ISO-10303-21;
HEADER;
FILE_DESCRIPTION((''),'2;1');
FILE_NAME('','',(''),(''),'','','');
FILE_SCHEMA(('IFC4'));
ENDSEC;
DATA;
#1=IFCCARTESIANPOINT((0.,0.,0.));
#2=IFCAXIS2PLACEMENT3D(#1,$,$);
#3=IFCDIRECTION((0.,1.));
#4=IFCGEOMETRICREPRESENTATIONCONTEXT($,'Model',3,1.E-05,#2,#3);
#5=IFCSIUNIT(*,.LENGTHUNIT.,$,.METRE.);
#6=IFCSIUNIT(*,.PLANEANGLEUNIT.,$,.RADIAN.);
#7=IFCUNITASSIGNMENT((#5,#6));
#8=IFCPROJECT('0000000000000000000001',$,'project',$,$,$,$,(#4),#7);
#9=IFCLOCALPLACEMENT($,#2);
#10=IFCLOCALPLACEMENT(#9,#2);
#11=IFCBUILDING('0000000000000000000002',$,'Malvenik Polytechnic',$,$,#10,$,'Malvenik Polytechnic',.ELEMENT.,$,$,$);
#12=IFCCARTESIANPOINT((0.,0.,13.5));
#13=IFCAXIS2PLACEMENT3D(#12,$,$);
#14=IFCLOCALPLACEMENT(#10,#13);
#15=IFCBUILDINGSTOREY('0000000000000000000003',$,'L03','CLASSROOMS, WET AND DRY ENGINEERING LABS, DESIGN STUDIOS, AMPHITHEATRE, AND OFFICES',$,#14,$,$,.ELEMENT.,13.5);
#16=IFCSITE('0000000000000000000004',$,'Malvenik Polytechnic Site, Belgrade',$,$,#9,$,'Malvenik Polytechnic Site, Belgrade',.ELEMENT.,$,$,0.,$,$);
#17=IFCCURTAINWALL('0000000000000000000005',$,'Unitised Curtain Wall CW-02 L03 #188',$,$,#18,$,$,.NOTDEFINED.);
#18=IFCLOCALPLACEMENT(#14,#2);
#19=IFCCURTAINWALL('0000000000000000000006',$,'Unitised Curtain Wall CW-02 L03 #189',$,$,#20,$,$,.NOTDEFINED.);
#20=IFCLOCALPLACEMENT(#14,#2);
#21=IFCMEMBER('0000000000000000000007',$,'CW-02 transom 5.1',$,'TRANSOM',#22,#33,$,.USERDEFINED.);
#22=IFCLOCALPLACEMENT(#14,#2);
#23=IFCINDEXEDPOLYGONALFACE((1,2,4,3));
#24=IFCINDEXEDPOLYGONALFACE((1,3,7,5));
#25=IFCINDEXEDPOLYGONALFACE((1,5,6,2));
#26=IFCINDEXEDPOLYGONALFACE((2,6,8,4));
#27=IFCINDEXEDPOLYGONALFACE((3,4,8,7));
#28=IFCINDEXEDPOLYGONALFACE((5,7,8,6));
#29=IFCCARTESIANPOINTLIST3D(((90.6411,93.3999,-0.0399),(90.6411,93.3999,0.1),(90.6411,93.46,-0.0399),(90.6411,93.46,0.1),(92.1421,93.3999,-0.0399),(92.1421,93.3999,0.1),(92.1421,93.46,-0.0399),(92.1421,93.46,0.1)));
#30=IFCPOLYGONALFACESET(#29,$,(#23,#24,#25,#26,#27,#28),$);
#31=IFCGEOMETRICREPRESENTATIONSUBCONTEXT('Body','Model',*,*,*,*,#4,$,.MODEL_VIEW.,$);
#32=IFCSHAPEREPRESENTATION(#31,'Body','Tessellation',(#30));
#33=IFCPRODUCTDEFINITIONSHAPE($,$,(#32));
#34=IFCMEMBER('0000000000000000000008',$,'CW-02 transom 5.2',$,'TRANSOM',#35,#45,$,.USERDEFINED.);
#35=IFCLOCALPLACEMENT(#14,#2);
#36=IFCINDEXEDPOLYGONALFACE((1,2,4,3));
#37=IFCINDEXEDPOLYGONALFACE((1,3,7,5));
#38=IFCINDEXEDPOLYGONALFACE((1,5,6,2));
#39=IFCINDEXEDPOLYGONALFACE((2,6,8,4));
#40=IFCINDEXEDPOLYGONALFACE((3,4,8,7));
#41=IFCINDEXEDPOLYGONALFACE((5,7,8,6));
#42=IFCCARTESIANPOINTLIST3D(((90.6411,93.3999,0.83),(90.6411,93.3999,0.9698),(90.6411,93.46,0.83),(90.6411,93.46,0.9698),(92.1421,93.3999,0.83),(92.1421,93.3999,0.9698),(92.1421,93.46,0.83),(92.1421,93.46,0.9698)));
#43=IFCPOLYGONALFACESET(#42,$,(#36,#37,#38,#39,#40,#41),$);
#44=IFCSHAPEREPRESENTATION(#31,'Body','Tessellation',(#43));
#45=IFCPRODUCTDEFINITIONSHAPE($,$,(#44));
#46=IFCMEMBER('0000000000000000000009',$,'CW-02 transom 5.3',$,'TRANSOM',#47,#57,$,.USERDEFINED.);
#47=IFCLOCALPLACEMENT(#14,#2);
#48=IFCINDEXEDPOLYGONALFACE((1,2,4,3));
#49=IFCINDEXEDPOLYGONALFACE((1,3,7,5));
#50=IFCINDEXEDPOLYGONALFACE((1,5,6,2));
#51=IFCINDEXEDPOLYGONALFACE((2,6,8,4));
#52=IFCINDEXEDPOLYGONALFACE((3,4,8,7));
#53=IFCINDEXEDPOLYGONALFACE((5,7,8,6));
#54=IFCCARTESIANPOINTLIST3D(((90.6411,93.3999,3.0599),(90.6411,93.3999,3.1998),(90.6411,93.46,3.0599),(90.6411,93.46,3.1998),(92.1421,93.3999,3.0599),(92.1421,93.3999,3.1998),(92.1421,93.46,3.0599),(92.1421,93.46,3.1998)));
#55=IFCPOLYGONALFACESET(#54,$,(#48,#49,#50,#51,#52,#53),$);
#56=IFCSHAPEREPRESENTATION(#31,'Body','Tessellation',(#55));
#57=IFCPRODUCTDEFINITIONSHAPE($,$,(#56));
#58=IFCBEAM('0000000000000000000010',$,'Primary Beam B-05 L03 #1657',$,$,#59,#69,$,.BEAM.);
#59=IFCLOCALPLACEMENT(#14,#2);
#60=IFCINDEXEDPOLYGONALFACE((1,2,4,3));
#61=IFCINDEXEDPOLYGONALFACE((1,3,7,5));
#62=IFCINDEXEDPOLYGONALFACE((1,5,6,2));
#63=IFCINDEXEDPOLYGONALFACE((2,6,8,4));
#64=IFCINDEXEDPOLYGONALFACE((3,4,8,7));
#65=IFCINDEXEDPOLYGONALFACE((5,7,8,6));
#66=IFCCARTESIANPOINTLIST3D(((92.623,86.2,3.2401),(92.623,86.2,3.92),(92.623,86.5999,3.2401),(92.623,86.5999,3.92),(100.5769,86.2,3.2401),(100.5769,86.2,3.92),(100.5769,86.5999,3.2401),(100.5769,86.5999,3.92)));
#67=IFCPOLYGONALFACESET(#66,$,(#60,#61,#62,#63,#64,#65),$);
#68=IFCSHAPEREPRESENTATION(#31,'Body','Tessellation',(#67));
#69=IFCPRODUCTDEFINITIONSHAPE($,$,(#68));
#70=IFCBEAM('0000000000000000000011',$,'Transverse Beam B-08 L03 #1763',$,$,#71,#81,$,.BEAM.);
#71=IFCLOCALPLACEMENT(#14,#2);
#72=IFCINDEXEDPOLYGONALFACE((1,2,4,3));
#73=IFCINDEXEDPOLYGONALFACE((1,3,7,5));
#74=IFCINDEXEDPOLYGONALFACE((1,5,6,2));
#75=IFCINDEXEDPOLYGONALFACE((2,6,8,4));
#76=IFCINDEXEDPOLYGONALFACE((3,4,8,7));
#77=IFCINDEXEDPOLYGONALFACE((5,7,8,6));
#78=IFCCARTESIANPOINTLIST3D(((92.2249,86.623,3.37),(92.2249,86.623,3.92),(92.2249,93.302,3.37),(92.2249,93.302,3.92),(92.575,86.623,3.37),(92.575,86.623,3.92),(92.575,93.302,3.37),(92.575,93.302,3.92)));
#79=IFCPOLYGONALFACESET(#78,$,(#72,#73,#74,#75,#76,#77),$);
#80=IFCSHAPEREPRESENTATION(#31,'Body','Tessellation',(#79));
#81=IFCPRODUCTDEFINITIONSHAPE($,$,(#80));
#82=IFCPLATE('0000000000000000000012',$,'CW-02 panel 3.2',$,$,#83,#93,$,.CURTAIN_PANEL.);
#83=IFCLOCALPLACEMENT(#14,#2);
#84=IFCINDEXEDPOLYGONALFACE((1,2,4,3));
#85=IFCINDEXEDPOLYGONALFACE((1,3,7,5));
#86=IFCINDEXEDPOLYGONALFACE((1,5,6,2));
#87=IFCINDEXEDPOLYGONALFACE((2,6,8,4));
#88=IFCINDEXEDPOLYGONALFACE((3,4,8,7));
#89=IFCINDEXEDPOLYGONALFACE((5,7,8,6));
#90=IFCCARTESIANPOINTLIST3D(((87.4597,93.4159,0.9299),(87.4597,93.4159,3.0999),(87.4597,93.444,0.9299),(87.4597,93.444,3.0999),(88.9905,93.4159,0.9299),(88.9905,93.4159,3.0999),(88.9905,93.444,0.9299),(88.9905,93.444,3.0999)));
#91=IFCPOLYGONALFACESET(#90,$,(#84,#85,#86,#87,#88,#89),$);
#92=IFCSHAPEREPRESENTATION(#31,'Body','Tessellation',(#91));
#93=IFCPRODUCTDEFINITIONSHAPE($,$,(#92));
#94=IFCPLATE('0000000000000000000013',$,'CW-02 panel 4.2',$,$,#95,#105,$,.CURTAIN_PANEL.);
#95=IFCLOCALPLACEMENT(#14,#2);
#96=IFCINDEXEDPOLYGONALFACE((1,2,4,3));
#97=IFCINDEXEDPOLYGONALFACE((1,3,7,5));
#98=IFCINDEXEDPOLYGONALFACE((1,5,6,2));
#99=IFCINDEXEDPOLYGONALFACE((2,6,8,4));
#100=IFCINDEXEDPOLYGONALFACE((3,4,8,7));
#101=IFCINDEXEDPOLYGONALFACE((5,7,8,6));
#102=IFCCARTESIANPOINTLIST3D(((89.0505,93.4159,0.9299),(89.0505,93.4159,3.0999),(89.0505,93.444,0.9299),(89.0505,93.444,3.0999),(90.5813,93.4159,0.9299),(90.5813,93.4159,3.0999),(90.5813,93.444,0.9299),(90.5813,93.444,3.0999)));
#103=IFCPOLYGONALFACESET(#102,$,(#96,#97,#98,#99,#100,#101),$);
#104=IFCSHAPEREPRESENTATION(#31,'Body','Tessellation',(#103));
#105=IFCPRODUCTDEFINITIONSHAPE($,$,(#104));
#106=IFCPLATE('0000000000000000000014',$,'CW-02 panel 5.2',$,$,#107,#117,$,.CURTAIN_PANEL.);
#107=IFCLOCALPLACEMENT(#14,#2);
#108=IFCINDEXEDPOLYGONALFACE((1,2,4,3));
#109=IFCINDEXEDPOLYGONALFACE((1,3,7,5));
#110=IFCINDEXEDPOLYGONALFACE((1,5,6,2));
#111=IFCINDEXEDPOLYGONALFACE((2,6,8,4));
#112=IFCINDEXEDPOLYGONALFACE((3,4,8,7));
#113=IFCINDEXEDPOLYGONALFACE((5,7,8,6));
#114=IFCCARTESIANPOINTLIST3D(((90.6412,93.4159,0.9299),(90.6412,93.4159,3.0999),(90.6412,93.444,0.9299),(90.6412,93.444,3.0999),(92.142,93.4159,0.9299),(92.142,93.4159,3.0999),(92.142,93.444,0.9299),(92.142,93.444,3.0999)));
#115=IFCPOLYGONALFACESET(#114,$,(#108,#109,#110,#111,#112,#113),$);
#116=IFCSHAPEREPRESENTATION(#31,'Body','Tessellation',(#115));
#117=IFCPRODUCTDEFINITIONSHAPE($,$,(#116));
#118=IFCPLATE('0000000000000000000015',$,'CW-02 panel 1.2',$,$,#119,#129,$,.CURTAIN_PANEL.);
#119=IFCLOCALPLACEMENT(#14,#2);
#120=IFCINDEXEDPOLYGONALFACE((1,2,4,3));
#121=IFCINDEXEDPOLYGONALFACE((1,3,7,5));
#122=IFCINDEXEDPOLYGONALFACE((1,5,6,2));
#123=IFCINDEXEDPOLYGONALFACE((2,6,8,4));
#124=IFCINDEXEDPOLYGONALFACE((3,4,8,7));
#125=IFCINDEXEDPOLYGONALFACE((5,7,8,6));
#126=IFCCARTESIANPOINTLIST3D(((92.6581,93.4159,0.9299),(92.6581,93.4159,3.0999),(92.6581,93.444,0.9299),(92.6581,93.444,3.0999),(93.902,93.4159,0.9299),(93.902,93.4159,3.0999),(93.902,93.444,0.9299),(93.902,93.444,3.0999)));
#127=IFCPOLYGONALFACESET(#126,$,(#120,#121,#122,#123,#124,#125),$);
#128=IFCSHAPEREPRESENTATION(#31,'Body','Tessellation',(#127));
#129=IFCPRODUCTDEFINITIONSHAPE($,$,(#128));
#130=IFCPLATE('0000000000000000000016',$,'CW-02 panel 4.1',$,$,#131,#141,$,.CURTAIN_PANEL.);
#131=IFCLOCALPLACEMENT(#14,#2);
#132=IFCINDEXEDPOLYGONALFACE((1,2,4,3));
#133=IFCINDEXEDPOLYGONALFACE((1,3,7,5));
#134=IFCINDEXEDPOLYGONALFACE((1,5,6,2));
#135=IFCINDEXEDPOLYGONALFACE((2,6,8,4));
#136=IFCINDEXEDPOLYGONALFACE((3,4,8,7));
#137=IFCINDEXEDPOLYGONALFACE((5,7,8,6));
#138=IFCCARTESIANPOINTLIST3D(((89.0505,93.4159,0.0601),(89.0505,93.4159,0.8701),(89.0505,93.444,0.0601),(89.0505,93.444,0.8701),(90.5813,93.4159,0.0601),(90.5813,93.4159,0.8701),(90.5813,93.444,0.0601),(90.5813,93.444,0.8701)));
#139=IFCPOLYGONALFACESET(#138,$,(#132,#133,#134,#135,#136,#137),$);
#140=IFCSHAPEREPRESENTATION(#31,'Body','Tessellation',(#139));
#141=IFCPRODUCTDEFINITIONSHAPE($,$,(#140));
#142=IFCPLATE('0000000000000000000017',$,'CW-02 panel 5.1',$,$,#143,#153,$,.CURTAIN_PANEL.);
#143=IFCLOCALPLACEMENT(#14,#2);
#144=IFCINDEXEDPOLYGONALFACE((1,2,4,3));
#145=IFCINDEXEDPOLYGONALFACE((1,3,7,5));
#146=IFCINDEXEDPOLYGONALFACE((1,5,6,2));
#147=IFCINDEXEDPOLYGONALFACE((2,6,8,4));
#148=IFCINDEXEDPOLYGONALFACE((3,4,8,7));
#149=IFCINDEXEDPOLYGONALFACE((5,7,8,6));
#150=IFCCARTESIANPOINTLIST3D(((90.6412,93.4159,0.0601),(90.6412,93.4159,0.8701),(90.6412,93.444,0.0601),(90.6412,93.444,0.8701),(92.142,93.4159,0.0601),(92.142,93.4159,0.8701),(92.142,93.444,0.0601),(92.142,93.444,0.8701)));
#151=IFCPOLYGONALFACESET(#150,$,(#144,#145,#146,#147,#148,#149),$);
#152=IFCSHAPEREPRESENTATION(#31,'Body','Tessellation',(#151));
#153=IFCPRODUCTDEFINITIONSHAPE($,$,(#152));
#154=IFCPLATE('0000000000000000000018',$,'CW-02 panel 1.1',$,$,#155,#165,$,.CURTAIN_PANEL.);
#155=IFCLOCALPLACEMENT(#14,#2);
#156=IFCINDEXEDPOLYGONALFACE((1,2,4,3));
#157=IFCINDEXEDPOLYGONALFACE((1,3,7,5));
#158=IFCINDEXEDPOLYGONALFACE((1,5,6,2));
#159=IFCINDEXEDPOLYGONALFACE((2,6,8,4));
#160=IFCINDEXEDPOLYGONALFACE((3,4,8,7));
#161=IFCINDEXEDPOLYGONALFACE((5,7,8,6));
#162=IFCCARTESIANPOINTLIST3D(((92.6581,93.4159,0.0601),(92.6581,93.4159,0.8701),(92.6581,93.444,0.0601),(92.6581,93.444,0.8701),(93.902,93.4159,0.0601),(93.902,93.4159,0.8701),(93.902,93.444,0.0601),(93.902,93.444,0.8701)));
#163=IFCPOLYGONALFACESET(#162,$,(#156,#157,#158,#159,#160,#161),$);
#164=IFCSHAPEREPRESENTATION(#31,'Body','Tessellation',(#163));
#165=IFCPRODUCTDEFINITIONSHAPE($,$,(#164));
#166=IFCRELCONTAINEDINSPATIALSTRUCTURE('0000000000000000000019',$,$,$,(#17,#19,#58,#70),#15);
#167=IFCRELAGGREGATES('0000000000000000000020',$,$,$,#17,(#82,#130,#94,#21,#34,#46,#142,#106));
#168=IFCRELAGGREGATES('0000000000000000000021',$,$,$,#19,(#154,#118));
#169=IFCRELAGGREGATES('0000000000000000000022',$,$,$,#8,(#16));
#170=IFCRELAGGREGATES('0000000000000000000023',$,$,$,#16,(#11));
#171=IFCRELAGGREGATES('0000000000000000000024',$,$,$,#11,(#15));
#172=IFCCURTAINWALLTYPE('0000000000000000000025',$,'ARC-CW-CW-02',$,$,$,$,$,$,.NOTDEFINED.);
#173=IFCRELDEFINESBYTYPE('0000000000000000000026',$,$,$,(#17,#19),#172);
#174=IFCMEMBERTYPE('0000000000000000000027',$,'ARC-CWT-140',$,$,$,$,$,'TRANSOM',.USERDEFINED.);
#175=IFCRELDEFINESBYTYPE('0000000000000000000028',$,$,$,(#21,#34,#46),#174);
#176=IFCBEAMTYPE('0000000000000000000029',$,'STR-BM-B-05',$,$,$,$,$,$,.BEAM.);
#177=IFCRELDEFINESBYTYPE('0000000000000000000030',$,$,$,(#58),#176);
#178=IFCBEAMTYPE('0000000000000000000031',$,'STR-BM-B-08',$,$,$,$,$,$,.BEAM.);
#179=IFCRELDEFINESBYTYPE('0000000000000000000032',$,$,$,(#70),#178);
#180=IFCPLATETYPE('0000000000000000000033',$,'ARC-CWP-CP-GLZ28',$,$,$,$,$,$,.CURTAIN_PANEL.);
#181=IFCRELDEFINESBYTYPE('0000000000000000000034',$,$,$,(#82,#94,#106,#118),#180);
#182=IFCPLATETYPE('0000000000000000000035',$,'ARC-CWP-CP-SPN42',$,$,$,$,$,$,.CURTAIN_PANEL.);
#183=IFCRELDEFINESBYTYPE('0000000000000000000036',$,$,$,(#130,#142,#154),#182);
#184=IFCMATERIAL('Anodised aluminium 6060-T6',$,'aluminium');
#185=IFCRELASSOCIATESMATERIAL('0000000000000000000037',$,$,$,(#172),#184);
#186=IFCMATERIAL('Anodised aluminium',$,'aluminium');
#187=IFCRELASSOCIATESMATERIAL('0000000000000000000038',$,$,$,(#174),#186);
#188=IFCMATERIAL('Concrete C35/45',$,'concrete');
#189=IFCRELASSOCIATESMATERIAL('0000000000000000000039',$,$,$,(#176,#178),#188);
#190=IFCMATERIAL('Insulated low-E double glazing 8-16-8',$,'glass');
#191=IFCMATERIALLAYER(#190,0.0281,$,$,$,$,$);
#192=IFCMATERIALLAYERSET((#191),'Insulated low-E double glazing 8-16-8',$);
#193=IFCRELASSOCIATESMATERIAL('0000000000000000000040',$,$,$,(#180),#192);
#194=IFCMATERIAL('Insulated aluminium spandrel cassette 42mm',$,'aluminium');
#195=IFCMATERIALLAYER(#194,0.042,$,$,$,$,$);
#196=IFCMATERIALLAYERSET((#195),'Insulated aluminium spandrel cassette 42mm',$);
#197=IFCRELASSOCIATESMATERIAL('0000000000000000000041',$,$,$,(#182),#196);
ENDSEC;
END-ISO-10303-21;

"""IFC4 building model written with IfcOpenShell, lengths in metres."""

from ifc_helpers import new_model, si_unit, direction, frame, origin, origin_2d, place, context, subcontext, project, spatial, rectangle, extrude, material, layer, layer_set, material_profile, profile_set, type_object, element, aggregate, save


model = new_model("IFC4")

# Units and contexts
model_context = context("Model", 3, precision=1e-05, world=origin(), true_north=direction((0.0, 1.0)))
body_context = subcontext(model_context, "Body", "Model", "MODEL_VIEW")
ifc_project = project(units=[si_unit("LENGTHUNIT", "METRE"), si_unit("PLANEANGLEUNIT", "RADIAN")], contexts=[model_context])

# Site, building, storey
site_placement = place(None, origin())
site = spatial("IfcSite", under=ifc_project, at=site_placement, Name="Malvenik Polytechnic Site, Belgrade", LongName="Malvenik Polytechnic Site, Belgrade", CompositionType="ELEMENT", RefElevation=0.0)
building_placement = place(site_placement, origin())
building = spatial("IfcBuilding", under=site, at=building_placement, Name="Malvenik Polytechnic", LongName="Malvenik Polytechnic", CompositionType="ELEMENT")
storey_placement = place(building_placement, frame((0.0, 0.0, 13.5)))
storey = spatial("IfcBuildingStorey", under=building, at=storey_placement, Name="L03", Description="CLASSROOMS, WET AND DRY ENGINEERING LABS, DESIGN STUDIOS, AMPHITHEATRE, AND OFFICES", CompositionType="ELEMENT", Elevation=13.5)

# Shared definitions
ifc_material_1 = material(Name="Concrete C35/45", Category="concrete")

# Curtain walls
ifc_material_2 = material(Name="Anodised aluminium 6060-T6", Category="aluminium")
curtain_wall_type = type_object("IfcCurtainWallType", Name="ARC-CW-CW-02", PredefinedType="NOTDEFINED", material=ifc_material_2)
curtain_wall_1_placement = place(storey_placement, origin())
curtain_wall_1 = element("IfcCurtainWall", 1, at=curtain_wall_1_placement, inside=storey, type_object=curtain_wall_type, Name="Unitised Curtain Wall CW-02 L03 #188", PredefinedType="NOTDEFINED")
ifc_material_3 = material(Name="Anodised aluminium", Category="aluminium")
curtain_wall_2_placement = place(storey_placement, origin())
curtain_wall_2 = element("IfcCurtainWall", 2, at=curtain_wall_2_placement, inside=storey, type_object=curtain_wall_type, Name="Unitised Curtain Wall CW-02 L03 #189", PredefinedType="NOTDEFINED")

# Members
ifc_material_profile_1 = material_profile(ifc_material_3, rectangle(XDim=0.0601, YDim=0.1399, at=origin_2d()), Name="ALU TRANSOM 60x140")
ifc_profile_set_1 = profile_set([ifc_material_profile_1], Name="Anodised aluminium")
member_type_1 = type_object("IfcMemberType", Name="ARC-CWT-140", ElementType="TRANSOM", PredefinedType="USERDEFINED", material=ifc_profile_set_1)
member_1_placement = place(storey_placement, frame((90.6411, 93.4299, 0.03), z_axis=(1.0, 0.0, 0.0), x_axis=(0.0, 1.0, 0.0)))
member_1 = element("IfcMember", 3, at=member_1_placement, type_object=member_type_1, Name="CW-02 transom 5.1", ObjectType="TRANSOM", PredefinedType="USERDEFINED", context=body_context, shape_type="SweptSolid", body=[
    extrude(rectangle(XDim=0.0601, YDim=0.1399, at=origin_2d()), origin(), (0.0, 0.0, 1.0), 1.501),
])
member_2_placement = place(storey_placement, frame((90.6411, 93.4299, 0.8999), z_axis=(1.0, 0.0, 0.0), x_axis=(0.0, 1.0, 0.0)))
member_2 = element("IfcMember", 4, at=member_2_placement, type_object=member_type_1, Name="CW-02 transom 5.2", ObjectType="TRANSOM", PredefinedType="USERDEFINED", context=body_context, shape_type="SweptSolid", body=[
    extrude(rectangle(XDim=0.0601, YDim=0.1399, at=origin_2d()), origin(), (0.0, 0.0, 1.0), 1.501),
])
member_3_placement = place(storey_placement, frame((90.6411, 93.4299, 3.1299), z_axis=(1.0, 0.0, 0.0), x_axis=(0.0, 1.0, 0.0)))
member_3 = element("IfcMember", 5, at=member_3_placement, type_object=member_type_1, Name="CW-02 transom 5.3", ObjectType="TRANSOM", PredefinedType="USERDEFINED", context=body_context, shape_type="SweptSolid", body=[
    extrude(rectangle(XDim=0.0601, YDim=0.1399, at=origin_2d()), origin(), (0.0, 0.0, 1.0), 1.501),
])

# Beams
ifc_material_profile_2 = material_profile(ifc_material_1, rectangle(XDim=0.3999, YDim=0.6799, at=origin_2d()), Name="RC BM 400x680")
ifc_profile_set_2 = profile_set([ifc_material_profile_2], Name="Concrete C35/45")
beam_type_1 = type_object("IfcBeamType", Name="STR-BM-B-05", PredefinedType="BEAM", material=ifc_profile_set_2)
beam_1_placement = place(storey_placement, frame((92.623, 86.3999, 3.5801), z_axis=(1.0, 0.0, 0.0), x_axis=(0.0, 1.0, 0.0)))
element("IfcBeam", 6, at=beam_1_placement, inside=storey, type_object=beam_type_1, Name="Primary Beam B-05 L03 #1657", PredefinedType="BEAM", context=body_context, shape_type="SweptSolid", body=[
    extrude(rectangle(XDim=0.3999, YDim=0.6799, at=origin_2d()), origin(), (0.0, 0.0, 1.0), 7.9539),
])
ifc_material_profile_3 = material_profile(ifc_material_1, rectangle(XDim=0.3501, YDim=0.55, at=origin_2d()), Name="RC BM 350x550")
ifc_profile_set_3 = profile_set([ifc_material_profile_3], Name="Concrete C35/45")
beam_type_2 = type_object("IfcBeamType", Name="STR-BM-B-08", PredefinedType="BEAM", material=ifc_profile_set_3)
beam_2_placement = place(storey_placement, frame((92.3999, 86.623, 3.645), z_axis=(0.0, 1.0, 0.0), x_axis=(-1.0, 0.0, 0.0)))
element("IfcBeam", 7, at=beam_2_placement, inside=storey, type_object=beam_type_2, Name="Transverse Beam B-08 L03 #1763", PredefinedType="BEAM", context=body_context, shape_type="SweptSolid", body=[
    extrude(rectangle(XDim=0.3501, YDim=0.55, at=origin_2d()), origin(), (0.0, 0.0, 1.0), 6.679),
])

# Plates
ifc_material_4 = material(Name="Insulated low-E double glazing 8-16-8", Category="glass")
ifc_layer_1 = layer(ifc_material_4, 0.0281)
ifc_layer_set_1 = layer_set([ifc_layer_1], Name="Insulated low-E double glazing 8-16-8")
plate_type_1 = type_object("IfcPlateType", Name="ARC-CWP-CP-GLZ28", PredefinedType="CURTAIN_PANEL", material=ifc_layer_set_1)
plate_1_placement = place(storey_placement, frame((88.2251, 93.4299, 0.9299), z_axis=(0.0, 0.0, 1.0), x_axis=(1.0, 0.0, 0.0)))
plate_1 = element("IfcPlate", 8, at=plate_1_placement, type_object=plate_type_1, Name="CW-02 panel 3.2", PredefinedType="CURTAIN_PANEL", context=body_context, shape_type="SweptSolid", body=[
    extrude(rectangle(XDim=1.5308, YDim=0.0281, at=origin_2d()), origin(), (0.0, 0.0, 1.0), 2.1699),
])
plate_2_placement = place(storey_placement, frame((89.8159, 93.4299, 0.9299), z_axis=(0.0, 0.0, 1.0), x_axis=(1.0, 0.0, 0.0)))
plate_2 = element("IfcPlate", 9, at=plate_2_placement, type_object=plate_type_1, Name="CW-02 panel 4.2", PredefinedType="CURTAIN_PANEL", context=body_context, shape_type="SweptSolid", body=[
    extrude(rectangle(XDim=1.5308, YDim=0.0281, at=origin_2d()), origin(), (0.0, 0.0, 1.0), 2.1699),
])
plate_3_placement = place(storey_placement, frame((91.3916, 93.4299, 0.9299), z_axis=(0.0, 0.0, 1.0), x_axis=(1.0, 0.0, 0.0)))
plate_3 = element("IfcPlate", 10, at=plate_3_placement, type_object=plate_type_1, Name="CW-02 panel 5.2", PredefinedType="CURTAIN_PANEL", context=body_context, shape_type="SweptSolid", body=[
    extrude(rectangle(XDim=1.5007, YDim=0.0281, at=origin_2d()), origin(), (0.0, 0.0, 1.0), 2.1699),
])
plate_4_placement = place(storey_placement, frame((93.28, 93.4299, 0.9299), z_axis=(0.0, 0.0, 1.0), x_axis=(1.0, 0.0, 0.0)))
plate_4 = element("IfcPlate", 11, at=plate_4_placement, type_object=plate_type_1, Name="CW-02 panel 1.2", PredefinedType="CURTAIN_PANEL", context=body_context, shape_type="SweptSolid", body=[
    extrude(rectangle(XDim=1.2439, YDim=0.0281, at=origin_2d()), origin(), (0.0, 0.0, 1.0), 2.1699),
])
ifc_material_5 = material(Name="Insulated aluminium spandrel cassette 42mm", Category="aluminium")
ifc_layer_2 = layer(ifc_material_5, 0.042)
ifc_layer_set_2 = layer_set([ifc_layer_2], Name="Insulated aluminium spandrel cassette 42mm")
plate_type_2 = type_object("IfcPlateType", Name="ARC-CWP-CP-SPN42", PredefinedType="CURTAIN_PANEL", material=ifc_layer_set_2)
plate_5_placement = place(storey_placement, frame((89.8159, 93.4299, 0.0601), z_axis=(0.0, 0.0, 1.0), x_axis=(1.0, 0.0, 0.0)))
plate_5 = element("IfcPlate", 12, at=plate_5_placement, type_object=plate_type_2, Name="CW-02 panel 4.1", PredefinedType="CURTAIN_PANEL", context=body_context, shape_type="SweptSolid", body=[
    extrude(rectangle(XDim=1.5308, YDim=0.0281, at=origin_2d()), origin(), (0.0, 0.0, 1.0), 0.8101),
])
plate_6_placement = place(storey_placement, frame((91.3916, 93.4299, 0.0601), z_axis=(0.0, 0.0, 1.0), x_axis=(1.0, 0.0, 0.0)))
plate_6 = element("IfcPlate", 13, at=plate_6_placement, type_object=plate_type_2, Name="CW-02 panel 5.1", PredefinedType="CURTAIN_PANEL", context=body_context, shape_type="SweptSolid", body=[
    extrude(rectangle(XDim=1.5007, YDim=0.0281, at=origin_2d()), origin(), (0.0, 0.0, 1.0), 0.8101),
])
aggregate(curtain_wall_1, [plate_1, plate_5, plate_2, member_1, member_2, member_3, plate_6, plate_3])
plate_7_placement = place(storey_placement, frame((93.28, 93.4299, 0.0601), z_axis=(0.0, 0.0, 1.0), x_axis=(1.0, 0.0, 0.0)))
plate_7 = element("IfcPlate", 14, at=plate_7_placement, type_object=plate_type_2, Name="CW-02 panel 1.1", PredefinedType="CURTAIN_PANEL", context=body_context, shape_type="SweptSolid", body=[
    extrude(rectangle(XDim=1.2439, YDim=0.0281, at=origin_2d()), origin(), (0.0, 0.0, 1.0), 0.8101),
])
aggregate(curtain_wall_2, [plate_7, plate_4])

save(model, "model.ifc")
